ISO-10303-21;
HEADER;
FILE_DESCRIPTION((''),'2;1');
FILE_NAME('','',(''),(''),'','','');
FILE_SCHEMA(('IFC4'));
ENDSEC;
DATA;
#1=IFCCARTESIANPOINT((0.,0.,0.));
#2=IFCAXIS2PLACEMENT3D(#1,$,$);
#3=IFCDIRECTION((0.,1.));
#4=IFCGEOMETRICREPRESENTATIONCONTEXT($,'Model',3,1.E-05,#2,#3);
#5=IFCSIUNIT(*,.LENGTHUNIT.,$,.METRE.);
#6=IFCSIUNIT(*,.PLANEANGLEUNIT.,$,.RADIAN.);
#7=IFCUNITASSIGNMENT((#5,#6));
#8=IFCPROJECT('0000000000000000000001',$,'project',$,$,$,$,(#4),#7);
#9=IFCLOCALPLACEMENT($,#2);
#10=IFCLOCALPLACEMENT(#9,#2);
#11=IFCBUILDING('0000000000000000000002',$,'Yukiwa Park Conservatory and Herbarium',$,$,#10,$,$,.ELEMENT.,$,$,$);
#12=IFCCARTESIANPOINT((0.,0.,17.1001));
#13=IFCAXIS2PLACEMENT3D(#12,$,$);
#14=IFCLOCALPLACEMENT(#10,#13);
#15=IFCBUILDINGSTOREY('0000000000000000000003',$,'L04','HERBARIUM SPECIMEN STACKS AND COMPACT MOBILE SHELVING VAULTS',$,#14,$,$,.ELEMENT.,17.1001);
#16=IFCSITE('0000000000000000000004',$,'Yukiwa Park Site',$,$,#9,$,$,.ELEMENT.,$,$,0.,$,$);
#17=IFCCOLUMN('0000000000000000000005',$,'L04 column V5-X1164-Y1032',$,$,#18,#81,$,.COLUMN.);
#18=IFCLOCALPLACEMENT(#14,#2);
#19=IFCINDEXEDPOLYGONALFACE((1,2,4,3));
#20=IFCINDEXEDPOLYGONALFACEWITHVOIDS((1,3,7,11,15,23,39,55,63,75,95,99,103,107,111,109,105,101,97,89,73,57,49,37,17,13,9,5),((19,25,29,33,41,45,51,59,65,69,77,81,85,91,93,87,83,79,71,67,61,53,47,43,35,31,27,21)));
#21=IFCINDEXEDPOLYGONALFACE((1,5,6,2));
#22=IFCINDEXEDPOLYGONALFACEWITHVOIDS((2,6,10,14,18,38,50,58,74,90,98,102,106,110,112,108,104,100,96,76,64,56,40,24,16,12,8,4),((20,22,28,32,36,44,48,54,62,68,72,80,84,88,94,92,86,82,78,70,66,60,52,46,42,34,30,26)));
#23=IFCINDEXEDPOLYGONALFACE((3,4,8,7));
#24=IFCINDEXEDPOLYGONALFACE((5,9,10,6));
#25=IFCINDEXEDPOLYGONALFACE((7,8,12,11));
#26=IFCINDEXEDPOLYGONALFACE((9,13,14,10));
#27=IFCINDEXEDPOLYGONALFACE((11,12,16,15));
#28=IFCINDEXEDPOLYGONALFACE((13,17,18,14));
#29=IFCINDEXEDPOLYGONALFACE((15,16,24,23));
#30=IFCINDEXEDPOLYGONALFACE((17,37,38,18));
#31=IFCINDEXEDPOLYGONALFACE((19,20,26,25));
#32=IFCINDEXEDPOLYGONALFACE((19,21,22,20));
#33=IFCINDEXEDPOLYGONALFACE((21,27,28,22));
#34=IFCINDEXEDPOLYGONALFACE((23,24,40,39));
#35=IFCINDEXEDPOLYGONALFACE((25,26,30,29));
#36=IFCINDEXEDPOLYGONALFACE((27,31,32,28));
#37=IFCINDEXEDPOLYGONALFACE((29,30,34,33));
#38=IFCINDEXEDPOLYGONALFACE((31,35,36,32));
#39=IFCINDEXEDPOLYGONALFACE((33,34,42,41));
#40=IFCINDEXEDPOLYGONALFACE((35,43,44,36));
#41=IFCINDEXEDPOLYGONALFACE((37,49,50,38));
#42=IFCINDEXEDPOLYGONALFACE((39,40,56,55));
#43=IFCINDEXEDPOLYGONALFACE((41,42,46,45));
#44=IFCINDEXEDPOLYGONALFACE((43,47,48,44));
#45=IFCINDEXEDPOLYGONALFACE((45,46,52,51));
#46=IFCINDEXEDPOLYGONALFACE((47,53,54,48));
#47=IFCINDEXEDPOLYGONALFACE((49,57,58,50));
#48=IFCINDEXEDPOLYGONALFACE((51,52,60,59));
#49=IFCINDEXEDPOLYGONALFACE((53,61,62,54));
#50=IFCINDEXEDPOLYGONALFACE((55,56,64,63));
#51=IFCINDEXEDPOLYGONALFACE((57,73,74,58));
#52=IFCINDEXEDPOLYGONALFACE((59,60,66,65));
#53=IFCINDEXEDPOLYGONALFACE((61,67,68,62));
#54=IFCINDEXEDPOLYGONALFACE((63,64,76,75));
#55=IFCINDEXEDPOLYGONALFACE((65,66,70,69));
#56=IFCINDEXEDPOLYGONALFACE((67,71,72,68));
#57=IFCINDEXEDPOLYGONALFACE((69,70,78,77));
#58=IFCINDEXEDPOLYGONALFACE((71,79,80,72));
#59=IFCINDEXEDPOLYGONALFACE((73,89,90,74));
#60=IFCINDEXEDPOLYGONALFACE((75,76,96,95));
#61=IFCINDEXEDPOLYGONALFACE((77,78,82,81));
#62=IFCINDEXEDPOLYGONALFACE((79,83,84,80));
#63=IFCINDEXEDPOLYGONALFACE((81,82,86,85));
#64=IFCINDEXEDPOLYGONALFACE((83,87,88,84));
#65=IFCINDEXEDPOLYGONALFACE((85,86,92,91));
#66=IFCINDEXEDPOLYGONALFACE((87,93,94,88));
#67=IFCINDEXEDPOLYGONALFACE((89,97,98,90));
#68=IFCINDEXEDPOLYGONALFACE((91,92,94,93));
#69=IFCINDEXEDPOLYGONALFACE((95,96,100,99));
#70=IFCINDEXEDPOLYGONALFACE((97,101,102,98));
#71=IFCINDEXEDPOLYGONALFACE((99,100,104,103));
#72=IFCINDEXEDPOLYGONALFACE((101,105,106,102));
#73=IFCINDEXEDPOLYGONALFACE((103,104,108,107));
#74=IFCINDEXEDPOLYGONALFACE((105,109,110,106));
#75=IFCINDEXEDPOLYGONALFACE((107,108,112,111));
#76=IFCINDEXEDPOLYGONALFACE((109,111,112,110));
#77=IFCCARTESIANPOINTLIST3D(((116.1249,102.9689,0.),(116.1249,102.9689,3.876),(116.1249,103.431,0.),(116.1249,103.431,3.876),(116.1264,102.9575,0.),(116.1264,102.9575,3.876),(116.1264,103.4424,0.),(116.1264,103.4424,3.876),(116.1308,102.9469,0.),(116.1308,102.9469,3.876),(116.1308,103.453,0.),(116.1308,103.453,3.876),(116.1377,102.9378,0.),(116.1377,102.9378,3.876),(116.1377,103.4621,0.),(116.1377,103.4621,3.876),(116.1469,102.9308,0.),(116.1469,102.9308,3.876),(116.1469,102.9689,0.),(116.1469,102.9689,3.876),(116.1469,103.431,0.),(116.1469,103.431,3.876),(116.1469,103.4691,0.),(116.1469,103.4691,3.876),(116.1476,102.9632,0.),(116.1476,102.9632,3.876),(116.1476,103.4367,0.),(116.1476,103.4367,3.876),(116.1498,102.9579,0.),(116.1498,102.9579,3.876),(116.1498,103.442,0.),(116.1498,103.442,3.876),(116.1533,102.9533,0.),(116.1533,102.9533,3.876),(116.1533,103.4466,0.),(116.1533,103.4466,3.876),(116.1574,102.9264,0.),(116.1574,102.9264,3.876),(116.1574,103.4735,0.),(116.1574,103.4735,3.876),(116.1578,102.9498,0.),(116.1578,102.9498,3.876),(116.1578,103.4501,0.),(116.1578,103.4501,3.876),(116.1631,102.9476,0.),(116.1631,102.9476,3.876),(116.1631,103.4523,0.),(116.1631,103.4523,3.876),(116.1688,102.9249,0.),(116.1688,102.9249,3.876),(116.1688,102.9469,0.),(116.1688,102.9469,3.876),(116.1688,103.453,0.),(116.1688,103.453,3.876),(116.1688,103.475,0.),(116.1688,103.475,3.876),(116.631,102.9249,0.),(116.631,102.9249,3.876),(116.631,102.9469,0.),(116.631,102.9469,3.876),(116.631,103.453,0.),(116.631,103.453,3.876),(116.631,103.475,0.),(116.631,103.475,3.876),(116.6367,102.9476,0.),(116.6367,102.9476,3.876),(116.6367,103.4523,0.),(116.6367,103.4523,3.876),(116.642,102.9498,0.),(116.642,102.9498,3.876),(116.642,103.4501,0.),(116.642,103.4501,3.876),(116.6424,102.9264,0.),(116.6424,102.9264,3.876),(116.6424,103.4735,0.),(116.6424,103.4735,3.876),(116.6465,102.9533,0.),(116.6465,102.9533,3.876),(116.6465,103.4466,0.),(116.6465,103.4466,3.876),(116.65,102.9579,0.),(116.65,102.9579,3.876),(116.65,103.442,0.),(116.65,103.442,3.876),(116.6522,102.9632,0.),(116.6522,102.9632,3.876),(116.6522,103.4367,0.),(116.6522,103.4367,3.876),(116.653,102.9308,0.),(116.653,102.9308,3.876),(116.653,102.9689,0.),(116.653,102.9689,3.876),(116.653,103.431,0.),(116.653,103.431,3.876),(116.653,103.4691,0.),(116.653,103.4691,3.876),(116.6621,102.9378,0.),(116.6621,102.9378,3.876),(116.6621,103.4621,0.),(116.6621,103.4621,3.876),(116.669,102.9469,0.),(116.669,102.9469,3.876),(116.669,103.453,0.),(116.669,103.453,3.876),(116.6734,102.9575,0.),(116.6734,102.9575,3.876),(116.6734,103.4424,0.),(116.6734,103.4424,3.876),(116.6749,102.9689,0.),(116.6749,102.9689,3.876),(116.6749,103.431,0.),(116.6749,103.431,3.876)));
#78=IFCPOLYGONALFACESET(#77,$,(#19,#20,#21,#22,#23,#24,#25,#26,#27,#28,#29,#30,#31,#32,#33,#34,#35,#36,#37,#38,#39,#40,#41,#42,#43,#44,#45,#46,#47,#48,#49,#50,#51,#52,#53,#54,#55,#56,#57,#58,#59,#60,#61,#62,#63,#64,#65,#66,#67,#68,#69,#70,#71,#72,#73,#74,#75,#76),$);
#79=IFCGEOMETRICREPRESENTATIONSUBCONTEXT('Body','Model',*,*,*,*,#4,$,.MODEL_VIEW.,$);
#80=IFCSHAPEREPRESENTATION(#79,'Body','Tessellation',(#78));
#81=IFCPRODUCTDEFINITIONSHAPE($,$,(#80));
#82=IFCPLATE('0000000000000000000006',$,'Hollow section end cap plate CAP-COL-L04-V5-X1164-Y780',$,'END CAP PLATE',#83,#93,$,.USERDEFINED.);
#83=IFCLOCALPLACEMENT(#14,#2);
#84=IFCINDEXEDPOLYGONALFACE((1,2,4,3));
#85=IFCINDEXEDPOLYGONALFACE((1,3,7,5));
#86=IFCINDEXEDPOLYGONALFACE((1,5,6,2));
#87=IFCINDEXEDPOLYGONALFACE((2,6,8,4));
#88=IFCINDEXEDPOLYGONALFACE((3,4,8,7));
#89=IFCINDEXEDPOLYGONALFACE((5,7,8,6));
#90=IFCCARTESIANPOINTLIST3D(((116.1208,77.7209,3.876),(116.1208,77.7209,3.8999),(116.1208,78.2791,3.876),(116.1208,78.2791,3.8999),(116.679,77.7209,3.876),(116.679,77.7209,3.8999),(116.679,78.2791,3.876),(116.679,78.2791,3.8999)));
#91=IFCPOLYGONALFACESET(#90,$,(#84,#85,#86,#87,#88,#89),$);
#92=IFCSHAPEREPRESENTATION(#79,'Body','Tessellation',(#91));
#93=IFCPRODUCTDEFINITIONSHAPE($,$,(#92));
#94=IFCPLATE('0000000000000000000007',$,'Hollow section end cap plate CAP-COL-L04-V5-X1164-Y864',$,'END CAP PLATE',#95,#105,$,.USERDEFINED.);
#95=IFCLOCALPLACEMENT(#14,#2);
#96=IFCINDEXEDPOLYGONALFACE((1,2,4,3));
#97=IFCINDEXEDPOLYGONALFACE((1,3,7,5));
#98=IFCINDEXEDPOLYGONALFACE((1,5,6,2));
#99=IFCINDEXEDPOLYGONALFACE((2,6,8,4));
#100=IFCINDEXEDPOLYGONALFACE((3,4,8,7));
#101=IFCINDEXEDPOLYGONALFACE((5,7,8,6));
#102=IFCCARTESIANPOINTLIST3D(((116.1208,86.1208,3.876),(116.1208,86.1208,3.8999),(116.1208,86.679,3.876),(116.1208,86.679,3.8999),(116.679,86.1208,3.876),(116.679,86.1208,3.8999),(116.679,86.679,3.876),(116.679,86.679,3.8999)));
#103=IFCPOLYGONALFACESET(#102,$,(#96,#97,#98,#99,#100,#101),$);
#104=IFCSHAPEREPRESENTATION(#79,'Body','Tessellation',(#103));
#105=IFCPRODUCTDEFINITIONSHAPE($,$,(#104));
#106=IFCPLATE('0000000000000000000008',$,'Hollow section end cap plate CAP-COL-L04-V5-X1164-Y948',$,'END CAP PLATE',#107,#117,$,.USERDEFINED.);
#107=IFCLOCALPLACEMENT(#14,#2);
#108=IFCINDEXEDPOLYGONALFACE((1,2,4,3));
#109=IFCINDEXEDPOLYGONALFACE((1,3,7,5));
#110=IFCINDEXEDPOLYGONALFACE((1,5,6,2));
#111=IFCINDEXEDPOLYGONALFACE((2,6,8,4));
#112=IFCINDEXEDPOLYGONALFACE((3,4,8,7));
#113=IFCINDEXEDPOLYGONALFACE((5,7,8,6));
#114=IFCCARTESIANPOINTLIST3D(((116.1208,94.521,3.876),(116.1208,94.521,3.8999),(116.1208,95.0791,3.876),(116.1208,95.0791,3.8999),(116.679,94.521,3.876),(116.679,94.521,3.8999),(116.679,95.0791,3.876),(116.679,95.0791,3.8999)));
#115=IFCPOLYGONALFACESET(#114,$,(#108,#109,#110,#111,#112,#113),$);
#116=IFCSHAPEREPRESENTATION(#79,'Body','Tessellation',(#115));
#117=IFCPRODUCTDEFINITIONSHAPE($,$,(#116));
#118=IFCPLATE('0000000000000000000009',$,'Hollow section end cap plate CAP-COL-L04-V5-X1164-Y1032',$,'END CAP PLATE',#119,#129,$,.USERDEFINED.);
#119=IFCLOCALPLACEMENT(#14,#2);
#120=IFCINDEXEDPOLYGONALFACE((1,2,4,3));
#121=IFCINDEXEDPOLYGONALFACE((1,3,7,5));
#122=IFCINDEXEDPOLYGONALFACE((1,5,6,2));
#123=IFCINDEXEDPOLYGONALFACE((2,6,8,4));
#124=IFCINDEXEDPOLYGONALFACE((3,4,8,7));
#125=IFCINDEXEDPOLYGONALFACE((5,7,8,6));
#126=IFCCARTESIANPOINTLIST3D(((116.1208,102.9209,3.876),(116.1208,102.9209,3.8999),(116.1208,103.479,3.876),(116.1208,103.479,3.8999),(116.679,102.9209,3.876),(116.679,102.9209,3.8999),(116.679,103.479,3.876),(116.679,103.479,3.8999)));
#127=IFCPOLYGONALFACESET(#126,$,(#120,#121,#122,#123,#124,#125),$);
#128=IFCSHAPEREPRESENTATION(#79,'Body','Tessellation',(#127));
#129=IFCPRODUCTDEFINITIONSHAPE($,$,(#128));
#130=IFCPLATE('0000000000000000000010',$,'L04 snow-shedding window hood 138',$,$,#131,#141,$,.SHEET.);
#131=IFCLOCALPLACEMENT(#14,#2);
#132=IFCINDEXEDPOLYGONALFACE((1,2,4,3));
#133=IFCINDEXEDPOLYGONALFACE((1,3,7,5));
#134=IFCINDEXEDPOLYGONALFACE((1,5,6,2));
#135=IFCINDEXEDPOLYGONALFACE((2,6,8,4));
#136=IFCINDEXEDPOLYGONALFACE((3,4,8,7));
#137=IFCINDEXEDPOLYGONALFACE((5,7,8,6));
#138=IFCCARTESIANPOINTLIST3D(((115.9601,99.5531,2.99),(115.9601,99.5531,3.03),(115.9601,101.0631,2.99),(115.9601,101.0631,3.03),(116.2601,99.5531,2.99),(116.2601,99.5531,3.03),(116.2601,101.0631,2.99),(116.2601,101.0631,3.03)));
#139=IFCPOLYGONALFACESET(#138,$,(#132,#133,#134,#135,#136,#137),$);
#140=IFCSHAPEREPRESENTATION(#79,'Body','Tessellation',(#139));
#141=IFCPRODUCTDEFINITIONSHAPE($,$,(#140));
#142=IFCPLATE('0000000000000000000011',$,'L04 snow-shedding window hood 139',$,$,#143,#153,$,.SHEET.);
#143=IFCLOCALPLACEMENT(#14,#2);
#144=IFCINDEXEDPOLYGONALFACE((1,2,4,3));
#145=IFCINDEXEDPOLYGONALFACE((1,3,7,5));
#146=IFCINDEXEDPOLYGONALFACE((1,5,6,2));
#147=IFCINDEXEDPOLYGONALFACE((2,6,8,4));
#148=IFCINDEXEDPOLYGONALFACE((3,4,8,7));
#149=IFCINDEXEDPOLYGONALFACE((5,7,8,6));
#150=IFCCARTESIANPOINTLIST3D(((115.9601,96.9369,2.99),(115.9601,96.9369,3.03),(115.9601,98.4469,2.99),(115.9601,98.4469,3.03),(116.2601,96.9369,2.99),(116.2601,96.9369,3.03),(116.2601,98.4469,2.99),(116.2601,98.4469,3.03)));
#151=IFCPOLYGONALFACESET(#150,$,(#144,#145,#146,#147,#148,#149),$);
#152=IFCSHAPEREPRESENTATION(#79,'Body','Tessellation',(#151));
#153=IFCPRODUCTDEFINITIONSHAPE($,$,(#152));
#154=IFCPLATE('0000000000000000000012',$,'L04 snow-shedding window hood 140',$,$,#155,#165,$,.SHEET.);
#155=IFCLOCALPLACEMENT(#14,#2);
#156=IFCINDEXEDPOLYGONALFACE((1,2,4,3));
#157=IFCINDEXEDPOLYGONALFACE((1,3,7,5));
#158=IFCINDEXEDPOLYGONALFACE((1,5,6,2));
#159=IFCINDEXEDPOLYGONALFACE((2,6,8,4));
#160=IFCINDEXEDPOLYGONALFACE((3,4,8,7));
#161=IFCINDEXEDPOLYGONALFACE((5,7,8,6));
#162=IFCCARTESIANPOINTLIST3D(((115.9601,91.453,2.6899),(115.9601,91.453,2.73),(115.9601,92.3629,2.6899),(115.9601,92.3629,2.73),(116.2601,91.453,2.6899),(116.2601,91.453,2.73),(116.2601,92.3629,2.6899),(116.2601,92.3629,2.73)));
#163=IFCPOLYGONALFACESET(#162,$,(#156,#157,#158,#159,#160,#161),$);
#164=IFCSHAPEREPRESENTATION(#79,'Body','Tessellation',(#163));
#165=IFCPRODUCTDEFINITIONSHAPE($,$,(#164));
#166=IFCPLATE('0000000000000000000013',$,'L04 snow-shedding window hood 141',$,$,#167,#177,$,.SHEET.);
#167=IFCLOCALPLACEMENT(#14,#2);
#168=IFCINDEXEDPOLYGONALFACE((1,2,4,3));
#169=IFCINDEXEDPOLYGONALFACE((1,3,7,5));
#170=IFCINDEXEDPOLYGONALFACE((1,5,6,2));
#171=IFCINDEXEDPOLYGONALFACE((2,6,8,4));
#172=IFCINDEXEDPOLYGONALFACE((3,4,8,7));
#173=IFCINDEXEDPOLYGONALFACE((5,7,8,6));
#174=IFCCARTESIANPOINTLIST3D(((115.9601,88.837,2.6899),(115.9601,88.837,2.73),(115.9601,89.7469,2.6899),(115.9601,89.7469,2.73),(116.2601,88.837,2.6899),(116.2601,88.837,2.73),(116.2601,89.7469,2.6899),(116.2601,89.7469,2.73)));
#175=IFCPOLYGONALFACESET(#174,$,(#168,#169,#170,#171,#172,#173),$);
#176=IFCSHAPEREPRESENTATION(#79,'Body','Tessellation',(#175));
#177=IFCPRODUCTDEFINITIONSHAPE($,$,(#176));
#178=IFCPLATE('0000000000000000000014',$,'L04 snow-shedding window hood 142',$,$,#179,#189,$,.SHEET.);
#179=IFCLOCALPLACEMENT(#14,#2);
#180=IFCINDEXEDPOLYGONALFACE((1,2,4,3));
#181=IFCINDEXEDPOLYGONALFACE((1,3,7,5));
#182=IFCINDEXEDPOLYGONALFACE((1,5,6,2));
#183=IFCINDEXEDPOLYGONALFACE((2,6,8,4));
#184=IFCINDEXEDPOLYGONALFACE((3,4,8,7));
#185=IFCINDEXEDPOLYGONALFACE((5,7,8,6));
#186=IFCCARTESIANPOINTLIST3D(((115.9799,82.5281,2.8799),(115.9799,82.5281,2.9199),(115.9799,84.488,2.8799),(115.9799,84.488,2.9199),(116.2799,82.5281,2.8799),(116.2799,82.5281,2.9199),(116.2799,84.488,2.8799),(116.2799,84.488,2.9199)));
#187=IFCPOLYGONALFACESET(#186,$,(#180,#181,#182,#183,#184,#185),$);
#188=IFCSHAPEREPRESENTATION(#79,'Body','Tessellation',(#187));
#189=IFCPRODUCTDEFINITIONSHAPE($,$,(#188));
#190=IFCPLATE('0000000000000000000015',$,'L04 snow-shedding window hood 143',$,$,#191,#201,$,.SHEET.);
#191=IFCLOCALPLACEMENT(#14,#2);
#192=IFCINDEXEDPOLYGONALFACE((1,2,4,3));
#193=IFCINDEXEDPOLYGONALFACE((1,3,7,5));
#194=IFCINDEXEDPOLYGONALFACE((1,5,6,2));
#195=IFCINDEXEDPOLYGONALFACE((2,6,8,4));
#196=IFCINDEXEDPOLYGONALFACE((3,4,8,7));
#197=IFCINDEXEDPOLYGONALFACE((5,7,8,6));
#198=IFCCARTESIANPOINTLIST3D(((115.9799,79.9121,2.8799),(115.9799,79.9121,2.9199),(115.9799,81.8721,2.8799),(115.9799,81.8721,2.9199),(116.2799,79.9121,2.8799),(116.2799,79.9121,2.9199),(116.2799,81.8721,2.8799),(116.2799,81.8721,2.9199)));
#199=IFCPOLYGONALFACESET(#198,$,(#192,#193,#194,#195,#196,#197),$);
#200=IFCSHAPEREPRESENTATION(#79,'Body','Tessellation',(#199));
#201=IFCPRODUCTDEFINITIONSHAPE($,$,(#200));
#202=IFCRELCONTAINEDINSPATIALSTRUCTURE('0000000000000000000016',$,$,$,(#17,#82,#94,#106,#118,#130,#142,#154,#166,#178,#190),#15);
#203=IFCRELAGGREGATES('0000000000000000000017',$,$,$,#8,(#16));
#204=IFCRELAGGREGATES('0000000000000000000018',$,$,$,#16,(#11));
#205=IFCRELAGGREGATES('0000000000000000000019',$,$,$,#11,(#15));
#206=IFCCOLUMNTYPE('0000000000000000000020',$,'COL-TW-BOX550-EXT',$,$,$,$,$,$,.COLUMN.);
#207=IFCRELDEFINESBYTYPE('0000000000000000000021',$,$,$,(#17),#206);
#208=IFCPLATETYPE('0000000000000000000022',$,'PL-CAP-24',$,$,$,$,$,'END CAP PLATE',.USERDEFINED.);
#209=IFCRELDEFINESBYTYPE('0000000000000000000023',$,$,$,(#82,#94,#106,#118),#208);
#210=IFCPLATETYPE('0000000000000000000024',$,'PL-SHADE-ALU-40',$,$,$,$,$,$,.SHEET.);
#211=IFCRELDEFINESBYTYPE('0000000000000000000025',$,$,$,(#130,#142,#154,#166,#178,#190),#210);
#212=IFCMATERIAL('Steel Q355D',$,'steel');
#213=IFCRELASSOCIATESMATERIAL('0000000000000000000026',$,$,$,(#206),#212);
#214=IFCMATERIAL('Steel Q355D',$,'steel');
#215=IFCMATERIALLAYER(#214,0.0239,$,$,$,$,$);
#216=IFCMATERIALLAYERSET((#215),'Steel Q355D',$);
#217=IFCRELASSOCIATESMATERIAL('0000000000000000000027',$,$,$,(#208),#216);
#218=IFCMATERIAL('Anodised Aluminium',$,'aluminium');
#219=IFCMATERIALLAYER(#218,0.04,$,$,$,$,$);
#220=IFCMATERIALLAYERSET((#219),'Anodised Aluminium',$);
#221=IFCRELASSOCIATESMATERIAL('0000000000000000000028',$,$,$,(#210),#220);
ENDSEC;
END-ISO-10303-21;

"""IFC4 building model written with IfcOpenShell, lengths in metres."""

from ifc_helpers import new_model, si_unit, direction, frame, origin, origin_2d, place, context, subcontext, project, spatial, rectangle, hollow_rectangle, extrude, material, layer, layer_set, material_profile, profile_set, type_object, element, save


model = new_model("IFC4")

# Units and contexts
model_context = context("Model", 3, precision=1e-05, world=origin(), true_north=direction((0.0, 1.0)))
body_context = subcontext(model_context, "Body", "Model", "MODEL_VIEW")
ifc_project = project(units=[si_unit("LENGTHUNIT", "METRE"), si_unit("PLANEANGLEUNIT", "RADIAN")], contexts=[model_context])

# Site, building, storey
site_placement = place(None, origin())
site = spatial("IfcSite", under=ifc_project, at=site_placement, Name="Yukiwa Park Site", CompositionType="ELEMENT", RefElevation=0.0)
building_placement = place(site_placement, origin())
building = spatial("IfcBuilding", under=site, at=building_placement, Name="Yukiwa Park Conservatory and Herbarium", CompositionType="ELEMENT")
storey_placement = place(building_placement, frame((0.0, 0.0, 17.1001)))
storey = spatial("IfcBuildingStorey", under=building, at=storey_placement, Name="L04", Description="HERBARIUM SPECIMEN STACKS AND COMPACT MOBILE SHELVING VAULTS", CompositionType="ELEMENT", Elevation=17.1001)

# Column
ifc_material_1 = material(Name="Steel Q355D", Category="steel")
ifc_material_profile = material_profile(ifc_material_1, hollow_rectangle(XDim=0.55, YDim=0.55, WallThickness=0.022, InnerFilletRadius=0.022, OuterFilletRadius=0.0439, at=origin_2d()), Name="BOX 550x550x22")
ifc_profile_set = profile_set([ifc_material_profile], Name="Steel Q355D")
column_type = type_object("IfcColumnType", Name="COL-TW-BOX550-EXT", PredefinedType="COLUMN", material=ifc_profile_set)
for number, where, z_axis, x_axis, name in (
    (1, (116.3999, 103.2, 0.0), (0.0, 0.0, 1.0), (1.0, 0.0, 0.0), "L04 column V5-X1164-Y1032"),
):
    element("IfcColumn", number, at=place(storey_placement, frame(where, z_axis=z_axis, x_axis=x_axis)), inside=storey, type_object=column_type, Name=name, PredefinedType="COLUMN", context=body_context, shape_type="SweptSolid", body=[
        extrude(hollow_rectangle(XDim=0.55, YDim=0.55, WallThickness=0.022, InnerFilletRadius=0.022, OuterFilletRadius=0.0439, at=origin_2d()), origin(), (0.0, 0.0, 1.0), 3.876),
    ])

# Plates
ifc_material_2 = material(Name="Steel Q355D", Category="steel")
ifc_layer_1 = layer(ifc_material_2, 0.0239)
ifc_layer_set_1 = layer_set([ifc_layer_1], Name="Steel Q355D")
plate_type_1 = type_object("IfcPlateType", Name="PL-CAP-24", ElementType="END CAP PLATE", PredefinedType="USERDEFINED", material=ifc_layer_set_1)
for number, where, z_axis, x_axis, name in (
    (2, (116.3999, 78.0, 3.876), (0.0, 0.0, 1.0), (1.0, 0.0, 0.0), "Hollow section end cap plate CAP-COL-L04-V5-X1164-Y780"),
    (3, (116.3999, 86.3999, 3.876), (0.0, 0.0, 1.0), (1.0, 0.0, 0.0), "Hollow section end cap plate CAP-COL-L04-V5-X1164-Y864"),
    (4, (116.3999, 94.8, 3.876), (0.0, 0.0, 1.0), (1.0, 0.0, 0.0), "Hollow section end cap plate CAP-COL-L04-V5-X1164-Y948"),
    (5, (116.3999, 103.2, 3.876), (0.0, 0.0, 1.0), (1.0, 0.0, 0.0), "Hollow section end cap plate CAP-COL-L04-V5-X1164-Y1032"),
):
    element("IfcPlate", number, at=place(storey_placement, frame(where, z_axis=z_axis, x_axis=x_axis)), inside=storey, type_object=plate_type_1, Name=name, ObjectType="END CAP PLATE", PredefinedType="USERDEFINED", context=body_context, shape_type="SweptSolid", body=[
        extrude(rectangle(XDim=0.5581, YDim=0.5581, at=origin_2d()), origin(), (0.0, 0.0, 1.0), 0.0239),
    ])
ifc_material_3 = material(Name="Anodised Aluminium", Category="aluminium")
ifc_layer_2 = layer(ifc_material_3, 0.04)
ifc_layer_set_2 = layer_set([ifc_layer_2], Name="Anodised Aluminium")
plate_type_2 = type_object("IfcPlateType", Name="PL-SHADE-ALU-40", PredefinedType="SHEET", material=ifc_layer_set_2)
for number, where, z_axis, x_axis, name in (
    (6, (116.1101, 100.3081, 2.99), (0.0, 0.0, 1.0), (0.0, -1.0, 0.0), "L04 snow-shedding window hood 138"),
    (7, (116.1101, 97.6919, 2.99), (0.0, 0.0, 1.0), (0.0, -1.0, 0.0), "L04 snow-shedding window hood 139"),
):
    element("IfcPlate", number, at=place(storey_placement, frame(where, z_axis=z_axis, x_axis=x_axis)), inside=storey, type_object=plate_type_2, Name=name, PredefinedType="SHEET", context=body_context, shape_type="SweptSolid", body=[
        extrude(rectangle(XDim=1.51, YDim=0.3, at=origin_2d()), origin(), (0.0, 0.0, 1.0), 0.04),
    ])
for number, where, z_axis, x_axis, name in (
    (8, (116.1101, 91.908, 2.6899), (0.0, 0.0, 1.0), (0.0, -1.0, 0.0), "L04 snow-shedding window hood 140"),
    (9, (116.1101, 89.292, 2.6899), (0.0, 0.0, 1.0), (0.0, -1.0, 0.0), "L04 snow-shedding window hood 141"),
):
    element("IfcPlate", number, at=place(storey_placement, frame(where, z_axis=z_axis, x_axis=x_axis)), inside=storey, type_object=plate_type_2, Name=name, PredefinedType="SHEET", context=body_context, shape_type="SweptSolid", body=[
        extrude(rectangle(XDim=0.9099, YDim=0.3, at=origin_2d()), origin(), (0.0, 0.0, 1.0), 0.04),
    ])
for number, where, z_axis, x_axis, name in (
    (10, (116.1299, 83.5081, 2.8799), (0.0, 0.0, 1.0), (0.0, -1.0, 0.0), "L04 snow-shedding window hood 142"),
    (11, (116.1299, 80.8921, 2.8799), (0.0, 0.0, 1.0), (0.0, -1.0, 0.0), "L04 snow-shedding window hood 143"),
):
    element("IfcPlate", number, at=place(storey_placement, frame(where, z_axis=z_axis, x_axis=x_axis)), inside=storey, type_object=plate_type_2, Name=name, PredefinedType="SHEET", context=body_context, shape_type="SweptSolid", body=[
        extrude(rectangle(XDim=1.96, YDim=0.3, at=origin_2d()), origin(), (0.0, 0.0, 1.0), 0.04),
    ])

save(model, "model.ifc")
